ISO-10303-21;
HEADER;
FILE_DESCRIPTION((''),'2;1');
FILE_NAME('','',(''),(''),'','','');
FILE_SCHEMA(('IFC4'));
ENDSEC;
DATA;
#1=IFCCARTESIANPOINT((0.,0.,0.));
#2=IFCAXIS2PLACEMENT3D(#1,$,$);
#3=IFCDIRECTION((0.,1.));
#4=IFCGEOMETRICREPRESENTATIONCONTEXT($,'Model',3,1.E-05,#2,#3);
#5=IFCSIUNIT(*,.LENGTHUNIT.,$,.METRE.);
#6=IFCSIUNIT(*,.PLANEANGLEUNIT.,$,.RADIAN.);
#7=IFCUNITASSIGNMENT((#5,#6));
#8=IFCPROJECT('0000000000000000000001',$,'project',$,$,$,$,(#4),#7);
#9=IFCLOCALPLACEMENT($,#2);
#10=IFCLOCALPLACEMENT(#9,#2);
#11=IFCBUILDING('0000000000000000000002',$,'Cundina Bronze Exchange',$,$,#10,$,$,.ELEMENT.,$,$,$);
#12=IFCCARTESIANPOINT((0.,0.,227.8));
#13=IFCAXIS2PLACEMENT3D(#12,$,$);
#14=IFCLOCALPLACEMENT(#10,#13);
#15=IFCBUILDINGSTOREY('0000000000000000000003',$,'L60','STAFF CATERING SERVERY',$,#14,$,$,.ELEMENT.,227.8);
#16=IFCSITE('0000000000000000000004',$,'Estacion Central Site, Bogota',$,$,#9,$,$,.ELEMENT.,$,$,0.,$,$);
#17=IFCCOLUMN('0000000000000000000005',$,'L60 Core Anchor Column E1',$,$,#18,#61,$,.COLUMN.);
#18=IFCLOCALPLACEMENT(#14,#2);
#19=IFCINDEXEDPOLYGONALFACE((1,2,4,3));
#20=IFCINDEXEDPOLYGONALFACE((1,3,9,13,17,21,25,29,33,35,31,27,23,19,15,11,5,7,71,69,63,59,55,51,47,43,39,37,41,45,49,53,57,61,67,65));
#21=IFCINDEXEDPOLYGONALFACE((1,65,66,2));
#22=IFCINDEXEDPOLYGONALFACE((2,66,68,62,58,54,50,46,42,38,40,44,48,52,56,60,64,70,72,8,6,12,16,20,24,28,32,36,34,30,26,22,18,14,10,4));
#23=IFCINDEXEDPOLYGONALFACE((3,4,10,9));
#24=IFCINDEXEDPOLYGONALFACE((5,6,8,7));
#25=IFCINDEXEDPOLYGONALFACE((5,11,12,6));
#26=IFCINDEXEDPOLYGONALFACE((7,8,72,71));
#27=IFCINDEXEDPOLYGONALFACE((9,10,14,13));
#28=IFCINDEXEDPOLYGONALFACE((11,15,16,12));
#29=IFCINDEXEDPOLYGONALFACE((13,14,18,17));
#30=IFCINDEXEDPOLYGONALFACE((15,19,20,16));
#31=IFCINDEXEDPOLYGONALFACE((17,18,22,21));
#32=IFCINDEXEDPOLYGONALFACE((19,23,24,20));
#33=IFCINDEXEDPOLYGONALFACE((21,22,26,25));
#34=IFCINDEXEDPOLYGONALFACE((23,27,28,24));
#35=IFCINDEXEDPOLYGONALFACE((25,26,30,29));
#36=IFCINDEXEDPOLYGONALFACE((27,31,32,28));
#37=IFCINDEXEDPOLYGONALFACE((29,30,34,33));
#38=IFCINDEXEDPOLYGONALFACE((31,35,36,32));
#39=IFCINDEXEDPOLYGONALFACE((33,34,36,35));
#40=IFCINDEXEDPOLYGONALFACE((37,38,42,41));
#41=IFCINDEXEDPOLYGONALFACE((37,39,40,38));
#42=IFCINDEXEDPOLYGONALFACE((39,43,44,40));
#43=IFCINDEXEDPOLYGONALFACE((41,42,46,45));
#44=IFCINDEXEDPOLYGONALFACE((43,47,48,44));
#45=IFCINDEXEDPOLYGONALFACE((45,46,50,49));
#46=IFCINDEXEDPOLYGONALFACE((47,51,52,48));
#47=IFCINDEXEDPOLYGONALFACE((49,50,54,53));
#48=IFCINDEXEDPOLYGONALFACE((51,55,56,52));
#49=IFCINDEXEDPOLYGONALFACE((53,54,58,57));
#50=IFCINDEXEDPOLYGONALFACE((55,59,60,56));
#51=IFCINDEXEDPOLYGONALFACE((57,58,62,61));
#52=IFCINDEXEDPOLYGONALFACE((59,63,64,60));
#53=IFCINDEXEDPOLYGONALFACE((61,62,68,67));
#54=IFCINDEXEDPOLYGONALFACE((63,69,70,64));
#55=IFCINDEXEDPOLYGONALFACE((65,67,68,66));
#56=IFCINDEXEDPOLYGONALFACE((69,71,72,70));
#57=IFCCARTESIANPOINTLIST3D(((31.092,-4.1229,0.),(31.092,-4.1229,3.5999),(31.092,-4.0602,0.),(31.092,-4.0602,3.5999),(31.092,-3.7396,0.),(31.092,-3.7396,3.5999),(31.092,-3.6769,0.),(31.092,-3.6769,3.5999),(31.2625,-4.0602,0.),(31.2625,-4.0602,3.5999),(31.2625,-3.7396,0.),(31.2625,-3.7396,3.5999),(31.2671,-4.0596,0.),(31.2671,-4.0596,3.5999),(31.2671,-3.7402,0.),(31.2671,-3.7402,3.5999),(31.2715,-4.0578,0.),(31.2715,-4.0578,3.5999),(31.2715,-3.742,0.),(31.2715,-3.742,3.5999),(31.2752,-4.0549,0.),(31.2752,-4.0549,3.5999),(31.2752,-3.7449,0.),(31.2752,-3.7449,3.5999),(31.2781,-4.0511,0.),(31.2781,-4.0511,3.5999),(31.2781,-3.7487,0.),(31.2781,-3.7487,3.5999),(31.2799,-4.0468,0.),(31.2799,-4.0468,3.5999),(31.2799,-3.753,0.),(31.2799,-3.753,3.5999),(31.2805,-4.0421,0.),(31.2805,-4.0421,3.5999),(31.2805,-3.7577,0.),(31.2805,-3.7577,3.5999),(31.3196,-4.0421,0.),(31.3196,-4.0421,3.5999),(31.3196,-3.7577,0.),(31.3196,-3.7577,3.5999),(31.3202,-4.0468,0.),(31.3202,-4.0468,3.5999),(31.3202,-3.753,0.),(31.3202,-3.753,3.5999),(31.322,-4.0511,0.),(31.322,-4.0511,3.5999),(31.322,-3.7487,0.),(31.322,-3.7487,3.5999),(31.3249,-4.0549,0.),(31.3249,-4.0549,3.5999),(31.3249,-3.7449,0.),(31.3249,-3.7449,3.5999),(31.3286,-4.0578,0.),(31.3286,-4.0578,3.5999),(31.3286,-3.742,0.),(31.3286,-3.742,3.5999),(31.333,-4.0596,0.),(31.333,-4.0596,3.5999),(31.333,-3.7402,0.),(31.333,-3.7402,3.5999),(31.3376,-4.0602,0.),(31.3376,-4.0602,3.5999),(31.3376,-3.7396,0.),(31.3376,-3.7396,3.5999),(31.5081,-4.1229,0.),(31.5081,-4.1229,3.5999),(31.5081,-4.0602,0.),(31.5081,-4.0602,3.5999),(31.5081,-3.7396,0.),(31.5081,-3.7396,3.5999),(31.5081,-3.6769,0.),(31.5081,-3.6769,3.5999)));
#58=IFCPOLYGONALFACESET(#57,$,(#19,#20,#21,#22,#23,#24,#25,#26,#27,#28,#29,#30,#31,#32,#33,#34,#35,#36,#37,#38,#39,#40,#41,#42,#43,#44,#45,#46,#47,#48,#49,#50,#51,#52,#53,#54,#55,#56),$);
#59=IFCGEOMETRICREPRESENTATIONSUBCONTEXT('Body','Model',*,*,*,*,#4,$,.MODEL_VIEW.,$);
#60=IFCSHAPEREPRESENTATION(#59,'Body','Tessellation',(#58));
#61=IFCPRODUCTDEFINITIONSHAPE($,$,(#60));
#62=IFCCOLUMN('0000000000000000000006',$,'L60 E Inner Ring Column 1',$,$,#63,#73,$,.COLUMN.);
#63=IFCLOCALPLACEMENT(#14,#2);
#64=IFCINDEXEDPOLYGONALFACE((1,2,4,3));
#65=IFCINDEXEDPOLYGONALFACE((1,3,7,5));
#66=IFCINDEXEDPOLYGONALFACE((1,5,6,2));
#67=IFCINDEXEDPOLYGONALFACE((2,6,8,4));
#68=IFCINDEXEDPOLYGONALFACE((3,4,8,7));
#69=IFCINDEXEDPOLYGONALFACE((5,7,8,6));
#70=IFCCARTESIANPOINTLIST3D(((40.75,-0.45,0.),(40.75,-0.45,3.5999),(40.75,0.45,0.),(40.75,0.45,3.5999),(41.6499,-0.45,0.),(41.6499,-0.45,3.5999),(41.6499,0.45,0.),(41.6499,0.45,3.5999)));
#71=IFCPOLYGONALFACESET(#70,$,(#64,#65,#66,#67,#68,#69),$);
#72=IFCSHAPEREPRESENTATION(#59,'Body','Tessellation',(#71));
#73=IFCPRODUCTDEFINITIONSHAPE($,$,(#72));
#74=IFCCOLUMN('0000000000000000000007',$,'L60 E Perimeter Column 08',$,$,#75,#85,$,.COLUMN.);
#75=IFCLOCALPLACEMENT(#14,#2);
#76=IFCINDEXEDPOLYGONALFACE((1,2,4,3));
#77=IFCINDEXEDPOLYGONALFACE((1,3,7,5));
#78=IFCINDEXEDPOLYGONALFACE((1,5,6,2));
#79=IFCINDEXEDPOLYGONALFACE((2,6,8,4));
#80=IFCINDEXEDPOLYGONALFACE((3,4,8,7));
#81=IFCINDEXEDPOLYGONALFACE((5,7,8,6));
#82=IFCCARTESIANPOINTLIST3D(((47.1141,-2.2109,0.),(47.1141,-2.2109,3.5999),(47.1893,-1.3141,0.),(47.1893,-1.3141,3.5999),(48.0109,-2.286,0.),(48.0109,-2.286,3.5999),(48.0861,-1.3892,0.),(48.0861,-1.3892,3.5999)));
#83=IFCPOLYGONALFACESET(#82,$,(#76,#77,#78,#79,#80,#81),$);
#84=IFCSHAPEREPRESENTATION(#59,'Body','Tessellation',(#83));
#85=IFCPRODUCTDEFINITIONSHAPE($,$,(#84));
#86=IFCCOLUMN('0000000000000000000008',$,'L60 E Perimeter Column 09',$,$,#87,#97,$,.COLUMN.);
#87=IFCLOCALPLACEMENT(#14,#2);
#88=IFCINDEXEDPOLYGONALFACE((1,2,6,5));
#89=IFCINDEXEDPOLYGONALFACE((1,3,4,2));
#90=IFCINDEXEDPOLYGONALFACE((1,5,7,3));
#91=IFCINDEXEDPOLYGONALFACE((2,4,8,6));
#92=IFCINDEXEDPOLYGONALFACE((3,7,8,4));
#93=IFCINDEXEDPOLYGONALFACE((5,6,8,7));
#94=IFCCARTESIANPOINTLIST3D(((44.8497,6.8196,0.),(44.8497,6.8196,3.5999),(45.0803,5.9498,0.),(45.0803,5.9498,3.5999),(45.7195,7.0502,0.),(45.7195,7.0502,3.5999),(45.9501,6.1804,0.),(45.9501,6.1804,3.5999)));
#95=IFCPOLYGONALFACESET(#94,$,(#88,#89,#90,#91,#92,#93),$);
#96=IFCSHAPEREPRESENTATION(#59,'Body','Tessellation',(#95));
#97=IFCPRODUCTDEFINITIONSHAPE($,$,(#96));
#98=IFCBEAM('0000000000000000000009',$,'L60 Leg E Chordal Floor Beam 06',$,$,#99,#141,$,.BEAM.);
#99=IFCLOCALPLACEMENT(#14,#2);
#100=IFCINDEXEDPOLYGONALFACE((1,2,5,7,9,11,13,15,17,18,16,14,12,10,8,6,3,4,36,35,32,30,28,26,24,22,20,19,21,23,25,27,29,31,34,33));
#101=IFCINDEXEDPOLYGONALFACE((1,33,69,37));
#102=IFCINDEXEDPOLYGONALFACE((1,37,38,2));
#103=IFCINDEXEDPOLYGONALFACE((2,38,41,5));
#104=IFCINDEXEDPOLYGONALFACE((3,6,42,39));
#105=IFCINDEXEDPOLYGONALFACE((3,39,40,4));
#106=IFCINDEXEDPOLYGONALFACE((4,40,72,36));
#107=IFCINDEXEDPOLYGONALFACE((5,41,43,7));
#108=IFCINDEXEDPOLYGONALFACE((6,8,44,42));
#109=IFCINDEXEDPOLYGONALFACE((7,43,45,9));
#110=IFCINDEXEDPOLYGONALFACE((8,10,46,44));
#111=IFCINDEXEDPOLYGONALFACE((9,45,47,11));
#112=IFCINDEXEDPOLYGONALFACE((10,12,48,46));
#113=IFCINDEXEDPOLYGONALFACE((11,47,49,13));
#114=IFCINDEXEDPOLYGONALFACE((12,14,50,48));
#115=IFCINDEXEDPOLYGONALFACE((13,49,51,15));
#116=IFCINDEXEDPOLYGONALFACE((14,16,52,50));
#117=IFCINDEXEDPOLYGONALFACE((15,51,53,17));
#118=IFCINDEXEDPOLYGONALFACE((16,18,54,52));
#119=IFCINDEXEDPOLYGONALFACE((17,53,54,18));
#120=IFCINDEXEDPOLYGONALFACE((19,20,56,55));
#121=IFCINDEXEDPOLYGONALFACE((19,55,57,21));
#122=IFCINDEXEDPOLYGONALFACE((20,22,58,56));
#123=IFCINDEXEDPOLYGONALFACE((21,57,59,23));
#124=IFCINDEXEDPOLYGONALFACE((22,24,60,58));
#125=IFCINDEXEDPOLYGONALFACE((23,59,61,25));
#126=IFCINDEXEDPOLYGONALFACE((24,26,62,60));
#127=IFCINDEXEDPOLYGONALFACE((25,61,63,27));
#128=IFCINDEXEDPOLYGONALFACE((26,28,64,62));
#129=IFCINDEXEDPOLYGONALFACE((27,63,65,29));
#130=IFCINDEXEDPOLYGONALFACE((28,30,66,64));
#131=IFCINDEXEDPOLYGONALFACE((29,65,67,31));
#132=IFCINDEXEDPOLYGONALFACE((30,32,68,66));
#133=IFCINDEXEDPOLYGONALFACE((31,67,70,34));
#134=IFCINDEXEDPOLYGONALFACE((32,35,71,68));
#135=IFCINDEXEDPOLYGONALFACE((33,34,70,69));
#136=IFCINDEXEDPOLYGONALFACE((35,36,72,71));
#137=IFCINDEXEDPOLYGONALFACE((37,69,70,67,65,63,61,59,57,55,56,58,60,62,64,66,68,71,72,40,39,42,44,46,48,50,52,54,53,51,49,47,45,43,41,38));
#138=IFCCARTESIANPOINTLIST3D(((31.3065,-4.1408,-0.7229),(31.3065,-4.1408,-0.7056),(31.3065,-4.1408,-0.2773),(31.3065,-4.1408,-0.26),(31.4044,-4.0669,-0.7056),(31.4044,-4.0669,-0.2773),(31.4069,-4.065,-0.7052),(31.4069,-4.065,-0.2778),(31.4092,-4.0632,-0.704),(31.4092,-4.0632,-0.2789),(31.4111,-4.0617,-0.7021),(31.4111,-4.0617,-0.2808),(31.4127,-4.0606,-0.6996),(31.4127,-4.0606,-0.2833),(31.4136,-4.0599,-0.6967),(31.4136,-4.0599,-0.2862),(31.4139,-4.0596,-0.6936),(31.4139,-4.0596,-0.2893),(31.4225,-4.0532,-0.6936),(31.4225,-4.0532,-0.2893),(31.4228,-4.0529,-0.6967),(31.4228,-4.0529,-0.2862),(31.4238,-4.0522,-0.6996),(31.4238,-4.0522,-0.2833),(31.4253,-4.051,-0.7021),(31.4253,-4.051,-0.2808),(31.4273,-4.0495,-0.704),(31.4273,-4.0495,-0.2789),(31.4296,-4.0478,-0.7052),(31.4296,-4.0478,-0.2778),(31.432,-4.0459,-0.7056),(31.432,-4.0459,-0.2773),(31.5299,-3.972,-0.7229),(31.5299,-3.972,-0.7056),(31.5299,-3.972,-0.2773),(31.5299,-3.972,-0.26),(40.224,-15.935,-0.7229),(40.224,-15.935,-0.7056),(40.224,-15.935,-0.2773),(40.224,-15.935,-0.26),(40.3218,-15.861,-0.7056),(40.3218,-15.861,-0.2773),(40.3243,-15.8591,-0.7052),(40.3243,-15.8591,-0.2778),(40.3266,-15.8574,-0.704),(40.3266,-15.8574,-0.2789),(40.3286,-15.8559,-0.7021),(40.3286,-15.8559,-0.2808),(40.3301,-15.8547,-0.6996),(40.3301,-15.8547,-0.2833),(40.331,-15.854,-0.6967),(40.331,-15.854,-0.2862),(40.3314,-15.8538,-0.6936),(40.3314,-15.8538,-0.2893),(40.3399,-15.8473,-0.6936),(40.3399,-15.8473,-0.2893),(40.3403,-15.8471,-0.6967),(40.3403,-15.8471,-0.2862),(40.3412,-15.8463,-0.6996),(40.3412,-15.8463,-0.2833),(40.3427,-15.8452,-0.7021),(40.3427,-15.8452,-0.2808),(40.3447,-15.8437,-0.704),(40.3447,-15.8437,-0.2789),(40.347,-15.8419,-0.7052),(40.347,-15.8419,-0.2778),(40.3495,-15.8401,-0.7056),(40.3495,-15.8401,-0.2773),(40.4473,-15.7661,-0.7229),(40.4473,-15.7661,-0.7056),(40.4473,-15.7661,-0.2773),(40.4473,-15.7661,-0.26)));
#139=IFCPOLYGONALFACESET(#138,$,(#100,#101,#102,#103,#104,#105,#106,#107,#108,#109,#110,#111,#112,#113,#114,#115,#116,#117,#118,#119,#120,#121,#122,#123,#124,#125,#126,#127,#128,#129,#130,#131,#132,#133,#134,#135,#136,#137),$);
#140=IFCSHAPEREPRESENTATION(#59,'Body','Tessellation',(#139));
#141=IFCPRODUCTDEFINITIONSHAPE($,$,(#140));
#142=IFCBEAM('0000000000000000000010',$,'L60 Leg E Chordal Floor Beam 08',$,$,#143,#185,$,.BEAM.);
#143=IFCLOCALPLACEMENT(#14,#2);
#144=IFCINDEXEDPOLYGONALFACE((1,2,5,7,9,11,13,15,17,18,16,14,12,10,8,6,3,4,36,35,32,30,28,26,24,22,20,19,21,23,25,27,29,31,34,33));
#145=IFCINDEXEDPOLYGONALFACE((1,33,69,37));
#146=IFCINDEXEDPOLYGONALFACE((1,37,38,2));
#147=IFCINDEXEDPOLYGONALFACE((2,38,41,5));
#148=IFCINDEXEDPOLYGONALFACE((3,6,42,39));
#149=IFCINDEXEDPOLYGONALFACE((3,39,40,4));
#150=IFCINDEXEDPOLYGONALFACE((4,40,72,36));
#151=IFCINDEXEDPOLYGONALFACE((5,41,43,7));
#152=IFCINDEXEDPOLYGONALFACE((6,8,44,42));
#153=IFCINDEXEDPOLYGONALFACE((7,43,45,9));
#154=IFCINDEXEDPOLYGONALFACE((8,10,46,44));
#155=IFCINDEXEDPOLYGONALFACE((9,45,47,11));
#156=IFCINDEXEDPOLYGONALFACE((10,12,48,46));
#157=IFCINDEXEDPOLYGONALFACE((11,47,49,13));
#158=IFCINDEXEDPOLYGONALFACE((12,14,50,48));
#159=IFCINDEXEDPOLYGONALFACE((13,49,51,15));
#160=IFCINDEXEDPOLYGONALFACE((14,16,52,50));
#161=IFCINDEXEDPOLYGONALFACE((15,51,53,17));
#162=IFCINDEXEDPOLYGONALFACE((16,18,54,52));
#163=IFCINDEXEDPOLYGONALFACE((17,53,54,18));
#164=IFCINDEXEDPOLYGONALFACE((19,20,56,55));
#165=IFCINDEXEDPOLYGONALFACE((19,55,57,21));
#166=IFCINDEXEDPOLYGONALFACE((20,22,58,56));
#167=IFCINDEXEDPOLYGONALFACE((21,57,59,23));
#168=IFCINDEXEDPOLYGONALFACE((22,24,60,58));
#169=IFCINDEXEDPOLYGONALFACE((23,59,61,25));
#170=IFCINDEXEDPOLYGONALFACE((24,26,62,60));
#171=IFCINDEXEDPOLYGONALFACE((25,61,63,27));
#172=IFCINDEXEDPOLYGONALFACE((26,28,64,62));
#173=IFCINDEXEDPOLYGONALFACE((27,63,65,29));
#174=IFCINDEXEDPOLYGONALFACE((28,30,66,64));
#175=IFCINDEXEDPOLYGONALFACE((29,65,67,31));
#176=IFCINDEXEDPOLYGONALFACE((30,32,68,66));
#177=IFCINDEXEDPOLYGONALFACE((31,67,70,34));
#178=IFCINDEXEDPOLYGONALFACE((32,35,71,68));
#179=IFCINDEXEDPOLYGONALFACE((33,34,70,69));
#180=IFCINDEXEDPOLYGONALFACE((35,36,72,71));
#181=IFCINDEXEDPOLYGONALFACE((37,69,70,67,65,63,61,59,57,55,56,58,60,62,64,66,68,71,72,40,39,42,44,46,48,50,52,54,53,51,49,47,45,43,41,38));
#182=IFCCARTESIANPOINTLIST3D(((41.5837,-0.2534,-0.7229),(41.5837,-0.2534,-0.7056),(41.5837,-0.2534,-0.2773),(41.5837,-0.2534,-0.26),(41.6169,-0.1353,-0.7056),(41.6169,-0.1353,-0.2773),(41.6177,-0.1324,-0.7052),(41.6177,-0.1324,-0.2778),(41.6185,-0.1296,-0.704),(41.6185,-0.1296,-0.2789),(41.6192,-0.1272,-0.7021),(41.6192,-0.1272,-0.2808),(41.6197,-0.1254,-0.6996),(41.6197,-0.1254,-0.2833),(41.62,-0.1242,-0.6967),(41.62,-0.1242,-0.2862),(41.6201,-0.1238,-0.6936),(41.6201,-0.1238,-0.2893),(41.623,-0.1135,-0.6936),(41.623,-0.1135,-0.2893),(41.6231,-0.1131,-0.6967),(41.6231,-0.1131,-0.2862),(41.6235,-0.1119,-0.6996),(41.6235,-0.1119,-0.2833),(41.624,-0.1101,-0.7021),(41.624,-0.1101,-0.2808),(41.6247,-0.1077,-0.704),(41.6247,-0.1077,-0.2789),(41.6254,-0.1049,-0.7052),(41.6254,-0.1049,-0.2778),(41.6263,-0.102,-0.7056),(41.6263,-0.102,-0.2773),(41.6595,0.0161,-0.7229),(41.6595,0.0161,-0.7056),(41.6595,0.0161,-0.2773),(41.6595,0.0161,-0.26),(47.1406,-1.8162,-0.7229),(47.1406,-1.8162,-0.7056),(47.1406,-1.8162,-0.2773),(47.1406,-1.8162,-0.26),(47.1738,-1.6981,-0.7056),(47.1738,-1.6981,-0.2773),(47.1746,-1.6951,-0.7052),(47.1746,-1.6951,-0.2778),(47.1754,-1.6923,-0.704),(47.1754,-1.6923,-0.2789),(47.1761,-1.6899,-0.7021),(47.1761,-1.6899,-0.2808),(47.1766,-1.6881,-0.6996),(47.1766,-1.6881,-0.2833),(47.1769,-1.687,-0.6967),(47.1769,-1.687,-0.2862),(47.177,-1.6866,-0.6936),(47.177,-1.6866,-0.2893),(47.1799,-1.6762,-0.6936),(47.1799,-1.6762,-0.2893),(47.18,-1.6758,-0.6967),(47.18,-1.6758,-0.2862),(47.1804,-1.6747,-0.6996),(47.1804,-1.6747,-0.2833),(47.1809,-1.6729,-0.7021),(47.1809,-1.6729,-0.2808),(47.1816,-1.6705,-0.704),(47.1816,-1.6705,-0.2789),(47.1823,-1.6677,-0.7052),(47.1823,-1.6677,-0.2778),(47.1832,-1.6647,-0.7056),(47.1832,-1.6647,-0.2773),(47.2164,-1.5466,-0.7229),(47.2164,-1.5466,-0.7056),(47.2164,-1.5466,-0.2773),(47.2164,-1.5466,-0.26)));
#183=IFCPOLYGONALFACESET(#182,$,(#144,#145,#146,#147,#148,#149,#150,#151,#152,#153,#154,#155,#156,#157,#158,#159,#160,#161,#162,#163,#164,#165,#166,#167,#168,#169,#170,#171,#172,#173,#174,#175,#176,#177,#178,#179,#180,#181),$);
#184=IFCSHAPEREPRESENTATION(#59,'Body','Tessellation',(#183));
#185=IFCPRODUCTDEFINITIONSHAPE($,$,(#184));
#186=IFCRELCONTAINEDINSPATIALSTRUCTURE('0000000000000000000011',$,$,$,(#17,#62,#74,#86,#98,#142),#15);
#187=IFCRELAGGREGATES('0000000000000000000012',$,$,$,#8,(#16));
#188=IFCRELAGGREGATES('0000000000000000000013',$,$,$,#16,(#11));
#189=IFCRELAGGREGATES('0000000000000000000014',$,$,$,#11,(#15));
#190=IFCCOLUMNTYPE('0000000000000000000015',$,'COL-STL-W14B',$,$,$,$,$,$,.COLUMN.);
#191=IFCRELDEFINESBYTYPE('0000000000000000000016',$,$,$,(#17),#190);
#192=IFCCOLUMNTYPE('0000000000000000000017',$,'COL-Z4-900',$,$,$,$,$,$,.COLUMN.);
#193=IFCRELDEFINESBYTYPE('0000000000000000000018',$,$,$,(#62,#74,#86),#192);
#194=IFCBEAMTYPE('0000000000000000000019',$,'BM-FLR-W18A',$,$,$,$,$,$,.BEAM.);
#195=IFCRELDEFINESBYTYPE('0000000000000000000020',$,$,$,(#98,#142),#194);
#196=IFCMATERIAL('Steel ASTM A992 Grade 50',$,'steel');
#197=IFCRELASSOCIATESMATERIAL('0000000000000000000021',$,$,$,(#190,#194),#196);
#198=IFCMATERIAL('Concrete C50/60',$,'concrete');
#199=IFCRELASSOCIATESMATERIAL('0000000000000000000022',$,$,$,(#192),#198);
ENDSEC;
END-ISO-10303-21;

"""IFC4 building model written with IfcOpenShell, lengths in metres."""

from ifc_helpers import new_model, si_unit, direction, frame, origin, origin_2d, place, context, subcontext, project, spatial, rectangle, i_section, extrude, material, material_profile, profile_set, type_object, element, save


model = new_model("IFC4")

# Units and contexts
model_context = context("Model", 3, precision=1e-05, world=origin(), true_north=direction((0.0, 1.0)))
body_context = subcontext(model_context, "Body", "Model", "MODEL_VIEW")
ifc_project = project(units=[si_unit("LENGTHUNIT", "METRE"), si_unit("PLANEANGLEUNIT", "RADIAN")], contexts=[model_context])

# Site, building, storey
site_placement = place(None, origin())
site = spatial("IfcSite", under=ifc_project, at=site_placement, Name="Estacion Central Site, Bogota", CompositionType="ELEMENT", RefElevation=0.0)
building_placement = place(site_placement, origin())
building = spatial("IfcBuilding", under=site, at=building_placement, Name="Cundina Bronze Exchange", CompositionType="ELEMENT")
storey_placement = place(building_placement, frame((0.0, 0.0, 227.8)))
storey = spatial("IfcBuildingStorey", under=building, at=storey_placement, Name="L60", Description="STAFF CATERING SERVERY", CompositionType="ELEMENT", Elevation=227.8)

# Columns
ifc_material_1 = material(Name="Steel ASTM A992 Grade 50", Category="steel")
ifc_material_profile_1 = material_profile(ifc_material_1, i_section(OverallWidth=0.416, OverallDepth=0.446, WebThickness=0.0391, FlangeThickness=0.0627, FilletRadius=0.0181, at=origin_2d()), Name="W14X342", Category="steel")
ifc_profile_set_1 = profile_set([ifc_material_profile_1], Name="Steel ASTM A992 Grade 50")
column_type_1 = type_object("IfcColumnType", Name="COL-STL-W14B", PredefinedType="COLUMN", material=ifc_profile_set_1)
column_placement = place(storey_placement, frame((31.3, -3.8999, 0.0), z_axis=(0.0, 0.0, 1.0), x_axis=(1.0, 0.0, 0.0)))
element("IfcColumn", 1, at=column_placement, inside=storey, type_object=column_type_1, Name="L60 Core Anchor Column E1", PredefinedType="COLUMN", context=body_context, shape_type="SweptSolid", body=[
    extrude(i_section(OverallWidth=0.416, OverallDepth=0.446, WebThickness=0.0391, FlangeThickness=0.0627, FilletRadius=0.0181, at=origin_2d()), origin(), (0.0, 0.0, 1.0), 3.5999),
])
ifc_material_2 = material(Name="Concrete C50/60", Category="concrete")
ifc_material_profile_2 = material_profile(ifc_material_2, rectangle(XDim=0.8999, YDim=0.8999, at=origin_2d()), Name="RC900X900", Category="concrete")
ifc_profile_set_2 = profile_set([ifc_material_profile_2], Name="Concrete C50/60")
column_type_2 = type_object("IfcColumnType", Name="COL-Z4-900", PredefinedType="COLUMN", material=ifc_profile_set_2)
for number, where, z_axis, x_axis, name in (
    (2, (41.2, 0.0, 0.0), (0.0, 0.0, 1.0), (1.0, 0.0, 0.0), "L60 E Inner Ring Column 1"),
    (3, (47.6001, -1.8, 0.0), (0.0, 0.0, 1.0), (0.083504, 0.996507, 0.0), "L60 E Perimeter Column 08"),
    (4, (45.3999, 6.5, 0.0), (0.0, 0.0, 1.0), (-0.256289, 0.9666, 0.0), "L60 E Perimeter Column 09"),
):
    element("IfcColumn", number, at=place(storey_placement, frame(where, z_axis=z_axis, x_axis=x_axis)), inside=storey, type_object=column_type_2, Name=name, PredefinedType="COLUMN", context=body_context, shape_type="SweptSolid", body=[
        extrude(rectangle(XDim=0.8999, YDim=0.8999, at=origin_2d()), origin(), (0.0, 0.0, 1.0), 3.5999),
    ])

# Beams
ifc_material_profile_3 = material_profile(ifc_material_1, i_section(OverallWidth=0.28, OverallDepth=0.4629, WebThickness=0.0107, FlangeThickness=0.0173, FilletRadius=0.012, at=origin_2d()), Name="W18X76", Category="steel")
ifc_profile_set_3 = profile_set([ifc_material_profile_3], Name="Steel ASTM A992 Grade 50")
beam_type_1 = type_object("IfcBeamType", Name="BM-FLR-W18A", PredefinedType="BEAM", material=ifc_profile_set_3)
beam_1_placement = place(storey_placement, frame((31.4182, -4.0564, -0.4915), z_axis=(0.603105, -0.797662, 0.0), x_axis=(0.797662, 0.603105, 0.0)))
element("IfcBeam", 5, at=beam_1_placement, inside=storey, type_object=beam_type_1, Name="L60 Leg E Chordal Floor Beam 06", PredefinedType="BEAM", context=body_context, shape_type="SweptSolid", body=[
    extrude(i_section(OverallWidth=0.28, OverallDepth=0.4629, WebThickness=0.0107, FlangeThickness=0.0173, FilletRadius=0.012, at=origin_2d()), origin(), (0.0, 0.0, 1.0), 14.7859),
])
beam_2_placement = place(storey_placement, frame((41.6216, -0.1187, -0.4915), z_axis=(0.962657, -0.270725, 0.0), x_axis=(0.270725, 0.962657, 0.0)))
element("IfcBeam", 6, at=beam_2_placement, inside=storey, type_object=beam_type_1, Name="L60 Leg E Chordal Floor Beam 08", PredefinedType="BEAM", context=body_context, shape_type="SweptSolid", body=[
    extrude(i_section(OverallWidth=0.28, OverallDepth=0.4629, WebThickness=0.0107, FlangeThickness=0.0173, FilletRadius=0.012, at=origin_2d()), origin(), (0.0, 0.0, 1.0), 5.7725),
])

save(model, "model.ifc")
